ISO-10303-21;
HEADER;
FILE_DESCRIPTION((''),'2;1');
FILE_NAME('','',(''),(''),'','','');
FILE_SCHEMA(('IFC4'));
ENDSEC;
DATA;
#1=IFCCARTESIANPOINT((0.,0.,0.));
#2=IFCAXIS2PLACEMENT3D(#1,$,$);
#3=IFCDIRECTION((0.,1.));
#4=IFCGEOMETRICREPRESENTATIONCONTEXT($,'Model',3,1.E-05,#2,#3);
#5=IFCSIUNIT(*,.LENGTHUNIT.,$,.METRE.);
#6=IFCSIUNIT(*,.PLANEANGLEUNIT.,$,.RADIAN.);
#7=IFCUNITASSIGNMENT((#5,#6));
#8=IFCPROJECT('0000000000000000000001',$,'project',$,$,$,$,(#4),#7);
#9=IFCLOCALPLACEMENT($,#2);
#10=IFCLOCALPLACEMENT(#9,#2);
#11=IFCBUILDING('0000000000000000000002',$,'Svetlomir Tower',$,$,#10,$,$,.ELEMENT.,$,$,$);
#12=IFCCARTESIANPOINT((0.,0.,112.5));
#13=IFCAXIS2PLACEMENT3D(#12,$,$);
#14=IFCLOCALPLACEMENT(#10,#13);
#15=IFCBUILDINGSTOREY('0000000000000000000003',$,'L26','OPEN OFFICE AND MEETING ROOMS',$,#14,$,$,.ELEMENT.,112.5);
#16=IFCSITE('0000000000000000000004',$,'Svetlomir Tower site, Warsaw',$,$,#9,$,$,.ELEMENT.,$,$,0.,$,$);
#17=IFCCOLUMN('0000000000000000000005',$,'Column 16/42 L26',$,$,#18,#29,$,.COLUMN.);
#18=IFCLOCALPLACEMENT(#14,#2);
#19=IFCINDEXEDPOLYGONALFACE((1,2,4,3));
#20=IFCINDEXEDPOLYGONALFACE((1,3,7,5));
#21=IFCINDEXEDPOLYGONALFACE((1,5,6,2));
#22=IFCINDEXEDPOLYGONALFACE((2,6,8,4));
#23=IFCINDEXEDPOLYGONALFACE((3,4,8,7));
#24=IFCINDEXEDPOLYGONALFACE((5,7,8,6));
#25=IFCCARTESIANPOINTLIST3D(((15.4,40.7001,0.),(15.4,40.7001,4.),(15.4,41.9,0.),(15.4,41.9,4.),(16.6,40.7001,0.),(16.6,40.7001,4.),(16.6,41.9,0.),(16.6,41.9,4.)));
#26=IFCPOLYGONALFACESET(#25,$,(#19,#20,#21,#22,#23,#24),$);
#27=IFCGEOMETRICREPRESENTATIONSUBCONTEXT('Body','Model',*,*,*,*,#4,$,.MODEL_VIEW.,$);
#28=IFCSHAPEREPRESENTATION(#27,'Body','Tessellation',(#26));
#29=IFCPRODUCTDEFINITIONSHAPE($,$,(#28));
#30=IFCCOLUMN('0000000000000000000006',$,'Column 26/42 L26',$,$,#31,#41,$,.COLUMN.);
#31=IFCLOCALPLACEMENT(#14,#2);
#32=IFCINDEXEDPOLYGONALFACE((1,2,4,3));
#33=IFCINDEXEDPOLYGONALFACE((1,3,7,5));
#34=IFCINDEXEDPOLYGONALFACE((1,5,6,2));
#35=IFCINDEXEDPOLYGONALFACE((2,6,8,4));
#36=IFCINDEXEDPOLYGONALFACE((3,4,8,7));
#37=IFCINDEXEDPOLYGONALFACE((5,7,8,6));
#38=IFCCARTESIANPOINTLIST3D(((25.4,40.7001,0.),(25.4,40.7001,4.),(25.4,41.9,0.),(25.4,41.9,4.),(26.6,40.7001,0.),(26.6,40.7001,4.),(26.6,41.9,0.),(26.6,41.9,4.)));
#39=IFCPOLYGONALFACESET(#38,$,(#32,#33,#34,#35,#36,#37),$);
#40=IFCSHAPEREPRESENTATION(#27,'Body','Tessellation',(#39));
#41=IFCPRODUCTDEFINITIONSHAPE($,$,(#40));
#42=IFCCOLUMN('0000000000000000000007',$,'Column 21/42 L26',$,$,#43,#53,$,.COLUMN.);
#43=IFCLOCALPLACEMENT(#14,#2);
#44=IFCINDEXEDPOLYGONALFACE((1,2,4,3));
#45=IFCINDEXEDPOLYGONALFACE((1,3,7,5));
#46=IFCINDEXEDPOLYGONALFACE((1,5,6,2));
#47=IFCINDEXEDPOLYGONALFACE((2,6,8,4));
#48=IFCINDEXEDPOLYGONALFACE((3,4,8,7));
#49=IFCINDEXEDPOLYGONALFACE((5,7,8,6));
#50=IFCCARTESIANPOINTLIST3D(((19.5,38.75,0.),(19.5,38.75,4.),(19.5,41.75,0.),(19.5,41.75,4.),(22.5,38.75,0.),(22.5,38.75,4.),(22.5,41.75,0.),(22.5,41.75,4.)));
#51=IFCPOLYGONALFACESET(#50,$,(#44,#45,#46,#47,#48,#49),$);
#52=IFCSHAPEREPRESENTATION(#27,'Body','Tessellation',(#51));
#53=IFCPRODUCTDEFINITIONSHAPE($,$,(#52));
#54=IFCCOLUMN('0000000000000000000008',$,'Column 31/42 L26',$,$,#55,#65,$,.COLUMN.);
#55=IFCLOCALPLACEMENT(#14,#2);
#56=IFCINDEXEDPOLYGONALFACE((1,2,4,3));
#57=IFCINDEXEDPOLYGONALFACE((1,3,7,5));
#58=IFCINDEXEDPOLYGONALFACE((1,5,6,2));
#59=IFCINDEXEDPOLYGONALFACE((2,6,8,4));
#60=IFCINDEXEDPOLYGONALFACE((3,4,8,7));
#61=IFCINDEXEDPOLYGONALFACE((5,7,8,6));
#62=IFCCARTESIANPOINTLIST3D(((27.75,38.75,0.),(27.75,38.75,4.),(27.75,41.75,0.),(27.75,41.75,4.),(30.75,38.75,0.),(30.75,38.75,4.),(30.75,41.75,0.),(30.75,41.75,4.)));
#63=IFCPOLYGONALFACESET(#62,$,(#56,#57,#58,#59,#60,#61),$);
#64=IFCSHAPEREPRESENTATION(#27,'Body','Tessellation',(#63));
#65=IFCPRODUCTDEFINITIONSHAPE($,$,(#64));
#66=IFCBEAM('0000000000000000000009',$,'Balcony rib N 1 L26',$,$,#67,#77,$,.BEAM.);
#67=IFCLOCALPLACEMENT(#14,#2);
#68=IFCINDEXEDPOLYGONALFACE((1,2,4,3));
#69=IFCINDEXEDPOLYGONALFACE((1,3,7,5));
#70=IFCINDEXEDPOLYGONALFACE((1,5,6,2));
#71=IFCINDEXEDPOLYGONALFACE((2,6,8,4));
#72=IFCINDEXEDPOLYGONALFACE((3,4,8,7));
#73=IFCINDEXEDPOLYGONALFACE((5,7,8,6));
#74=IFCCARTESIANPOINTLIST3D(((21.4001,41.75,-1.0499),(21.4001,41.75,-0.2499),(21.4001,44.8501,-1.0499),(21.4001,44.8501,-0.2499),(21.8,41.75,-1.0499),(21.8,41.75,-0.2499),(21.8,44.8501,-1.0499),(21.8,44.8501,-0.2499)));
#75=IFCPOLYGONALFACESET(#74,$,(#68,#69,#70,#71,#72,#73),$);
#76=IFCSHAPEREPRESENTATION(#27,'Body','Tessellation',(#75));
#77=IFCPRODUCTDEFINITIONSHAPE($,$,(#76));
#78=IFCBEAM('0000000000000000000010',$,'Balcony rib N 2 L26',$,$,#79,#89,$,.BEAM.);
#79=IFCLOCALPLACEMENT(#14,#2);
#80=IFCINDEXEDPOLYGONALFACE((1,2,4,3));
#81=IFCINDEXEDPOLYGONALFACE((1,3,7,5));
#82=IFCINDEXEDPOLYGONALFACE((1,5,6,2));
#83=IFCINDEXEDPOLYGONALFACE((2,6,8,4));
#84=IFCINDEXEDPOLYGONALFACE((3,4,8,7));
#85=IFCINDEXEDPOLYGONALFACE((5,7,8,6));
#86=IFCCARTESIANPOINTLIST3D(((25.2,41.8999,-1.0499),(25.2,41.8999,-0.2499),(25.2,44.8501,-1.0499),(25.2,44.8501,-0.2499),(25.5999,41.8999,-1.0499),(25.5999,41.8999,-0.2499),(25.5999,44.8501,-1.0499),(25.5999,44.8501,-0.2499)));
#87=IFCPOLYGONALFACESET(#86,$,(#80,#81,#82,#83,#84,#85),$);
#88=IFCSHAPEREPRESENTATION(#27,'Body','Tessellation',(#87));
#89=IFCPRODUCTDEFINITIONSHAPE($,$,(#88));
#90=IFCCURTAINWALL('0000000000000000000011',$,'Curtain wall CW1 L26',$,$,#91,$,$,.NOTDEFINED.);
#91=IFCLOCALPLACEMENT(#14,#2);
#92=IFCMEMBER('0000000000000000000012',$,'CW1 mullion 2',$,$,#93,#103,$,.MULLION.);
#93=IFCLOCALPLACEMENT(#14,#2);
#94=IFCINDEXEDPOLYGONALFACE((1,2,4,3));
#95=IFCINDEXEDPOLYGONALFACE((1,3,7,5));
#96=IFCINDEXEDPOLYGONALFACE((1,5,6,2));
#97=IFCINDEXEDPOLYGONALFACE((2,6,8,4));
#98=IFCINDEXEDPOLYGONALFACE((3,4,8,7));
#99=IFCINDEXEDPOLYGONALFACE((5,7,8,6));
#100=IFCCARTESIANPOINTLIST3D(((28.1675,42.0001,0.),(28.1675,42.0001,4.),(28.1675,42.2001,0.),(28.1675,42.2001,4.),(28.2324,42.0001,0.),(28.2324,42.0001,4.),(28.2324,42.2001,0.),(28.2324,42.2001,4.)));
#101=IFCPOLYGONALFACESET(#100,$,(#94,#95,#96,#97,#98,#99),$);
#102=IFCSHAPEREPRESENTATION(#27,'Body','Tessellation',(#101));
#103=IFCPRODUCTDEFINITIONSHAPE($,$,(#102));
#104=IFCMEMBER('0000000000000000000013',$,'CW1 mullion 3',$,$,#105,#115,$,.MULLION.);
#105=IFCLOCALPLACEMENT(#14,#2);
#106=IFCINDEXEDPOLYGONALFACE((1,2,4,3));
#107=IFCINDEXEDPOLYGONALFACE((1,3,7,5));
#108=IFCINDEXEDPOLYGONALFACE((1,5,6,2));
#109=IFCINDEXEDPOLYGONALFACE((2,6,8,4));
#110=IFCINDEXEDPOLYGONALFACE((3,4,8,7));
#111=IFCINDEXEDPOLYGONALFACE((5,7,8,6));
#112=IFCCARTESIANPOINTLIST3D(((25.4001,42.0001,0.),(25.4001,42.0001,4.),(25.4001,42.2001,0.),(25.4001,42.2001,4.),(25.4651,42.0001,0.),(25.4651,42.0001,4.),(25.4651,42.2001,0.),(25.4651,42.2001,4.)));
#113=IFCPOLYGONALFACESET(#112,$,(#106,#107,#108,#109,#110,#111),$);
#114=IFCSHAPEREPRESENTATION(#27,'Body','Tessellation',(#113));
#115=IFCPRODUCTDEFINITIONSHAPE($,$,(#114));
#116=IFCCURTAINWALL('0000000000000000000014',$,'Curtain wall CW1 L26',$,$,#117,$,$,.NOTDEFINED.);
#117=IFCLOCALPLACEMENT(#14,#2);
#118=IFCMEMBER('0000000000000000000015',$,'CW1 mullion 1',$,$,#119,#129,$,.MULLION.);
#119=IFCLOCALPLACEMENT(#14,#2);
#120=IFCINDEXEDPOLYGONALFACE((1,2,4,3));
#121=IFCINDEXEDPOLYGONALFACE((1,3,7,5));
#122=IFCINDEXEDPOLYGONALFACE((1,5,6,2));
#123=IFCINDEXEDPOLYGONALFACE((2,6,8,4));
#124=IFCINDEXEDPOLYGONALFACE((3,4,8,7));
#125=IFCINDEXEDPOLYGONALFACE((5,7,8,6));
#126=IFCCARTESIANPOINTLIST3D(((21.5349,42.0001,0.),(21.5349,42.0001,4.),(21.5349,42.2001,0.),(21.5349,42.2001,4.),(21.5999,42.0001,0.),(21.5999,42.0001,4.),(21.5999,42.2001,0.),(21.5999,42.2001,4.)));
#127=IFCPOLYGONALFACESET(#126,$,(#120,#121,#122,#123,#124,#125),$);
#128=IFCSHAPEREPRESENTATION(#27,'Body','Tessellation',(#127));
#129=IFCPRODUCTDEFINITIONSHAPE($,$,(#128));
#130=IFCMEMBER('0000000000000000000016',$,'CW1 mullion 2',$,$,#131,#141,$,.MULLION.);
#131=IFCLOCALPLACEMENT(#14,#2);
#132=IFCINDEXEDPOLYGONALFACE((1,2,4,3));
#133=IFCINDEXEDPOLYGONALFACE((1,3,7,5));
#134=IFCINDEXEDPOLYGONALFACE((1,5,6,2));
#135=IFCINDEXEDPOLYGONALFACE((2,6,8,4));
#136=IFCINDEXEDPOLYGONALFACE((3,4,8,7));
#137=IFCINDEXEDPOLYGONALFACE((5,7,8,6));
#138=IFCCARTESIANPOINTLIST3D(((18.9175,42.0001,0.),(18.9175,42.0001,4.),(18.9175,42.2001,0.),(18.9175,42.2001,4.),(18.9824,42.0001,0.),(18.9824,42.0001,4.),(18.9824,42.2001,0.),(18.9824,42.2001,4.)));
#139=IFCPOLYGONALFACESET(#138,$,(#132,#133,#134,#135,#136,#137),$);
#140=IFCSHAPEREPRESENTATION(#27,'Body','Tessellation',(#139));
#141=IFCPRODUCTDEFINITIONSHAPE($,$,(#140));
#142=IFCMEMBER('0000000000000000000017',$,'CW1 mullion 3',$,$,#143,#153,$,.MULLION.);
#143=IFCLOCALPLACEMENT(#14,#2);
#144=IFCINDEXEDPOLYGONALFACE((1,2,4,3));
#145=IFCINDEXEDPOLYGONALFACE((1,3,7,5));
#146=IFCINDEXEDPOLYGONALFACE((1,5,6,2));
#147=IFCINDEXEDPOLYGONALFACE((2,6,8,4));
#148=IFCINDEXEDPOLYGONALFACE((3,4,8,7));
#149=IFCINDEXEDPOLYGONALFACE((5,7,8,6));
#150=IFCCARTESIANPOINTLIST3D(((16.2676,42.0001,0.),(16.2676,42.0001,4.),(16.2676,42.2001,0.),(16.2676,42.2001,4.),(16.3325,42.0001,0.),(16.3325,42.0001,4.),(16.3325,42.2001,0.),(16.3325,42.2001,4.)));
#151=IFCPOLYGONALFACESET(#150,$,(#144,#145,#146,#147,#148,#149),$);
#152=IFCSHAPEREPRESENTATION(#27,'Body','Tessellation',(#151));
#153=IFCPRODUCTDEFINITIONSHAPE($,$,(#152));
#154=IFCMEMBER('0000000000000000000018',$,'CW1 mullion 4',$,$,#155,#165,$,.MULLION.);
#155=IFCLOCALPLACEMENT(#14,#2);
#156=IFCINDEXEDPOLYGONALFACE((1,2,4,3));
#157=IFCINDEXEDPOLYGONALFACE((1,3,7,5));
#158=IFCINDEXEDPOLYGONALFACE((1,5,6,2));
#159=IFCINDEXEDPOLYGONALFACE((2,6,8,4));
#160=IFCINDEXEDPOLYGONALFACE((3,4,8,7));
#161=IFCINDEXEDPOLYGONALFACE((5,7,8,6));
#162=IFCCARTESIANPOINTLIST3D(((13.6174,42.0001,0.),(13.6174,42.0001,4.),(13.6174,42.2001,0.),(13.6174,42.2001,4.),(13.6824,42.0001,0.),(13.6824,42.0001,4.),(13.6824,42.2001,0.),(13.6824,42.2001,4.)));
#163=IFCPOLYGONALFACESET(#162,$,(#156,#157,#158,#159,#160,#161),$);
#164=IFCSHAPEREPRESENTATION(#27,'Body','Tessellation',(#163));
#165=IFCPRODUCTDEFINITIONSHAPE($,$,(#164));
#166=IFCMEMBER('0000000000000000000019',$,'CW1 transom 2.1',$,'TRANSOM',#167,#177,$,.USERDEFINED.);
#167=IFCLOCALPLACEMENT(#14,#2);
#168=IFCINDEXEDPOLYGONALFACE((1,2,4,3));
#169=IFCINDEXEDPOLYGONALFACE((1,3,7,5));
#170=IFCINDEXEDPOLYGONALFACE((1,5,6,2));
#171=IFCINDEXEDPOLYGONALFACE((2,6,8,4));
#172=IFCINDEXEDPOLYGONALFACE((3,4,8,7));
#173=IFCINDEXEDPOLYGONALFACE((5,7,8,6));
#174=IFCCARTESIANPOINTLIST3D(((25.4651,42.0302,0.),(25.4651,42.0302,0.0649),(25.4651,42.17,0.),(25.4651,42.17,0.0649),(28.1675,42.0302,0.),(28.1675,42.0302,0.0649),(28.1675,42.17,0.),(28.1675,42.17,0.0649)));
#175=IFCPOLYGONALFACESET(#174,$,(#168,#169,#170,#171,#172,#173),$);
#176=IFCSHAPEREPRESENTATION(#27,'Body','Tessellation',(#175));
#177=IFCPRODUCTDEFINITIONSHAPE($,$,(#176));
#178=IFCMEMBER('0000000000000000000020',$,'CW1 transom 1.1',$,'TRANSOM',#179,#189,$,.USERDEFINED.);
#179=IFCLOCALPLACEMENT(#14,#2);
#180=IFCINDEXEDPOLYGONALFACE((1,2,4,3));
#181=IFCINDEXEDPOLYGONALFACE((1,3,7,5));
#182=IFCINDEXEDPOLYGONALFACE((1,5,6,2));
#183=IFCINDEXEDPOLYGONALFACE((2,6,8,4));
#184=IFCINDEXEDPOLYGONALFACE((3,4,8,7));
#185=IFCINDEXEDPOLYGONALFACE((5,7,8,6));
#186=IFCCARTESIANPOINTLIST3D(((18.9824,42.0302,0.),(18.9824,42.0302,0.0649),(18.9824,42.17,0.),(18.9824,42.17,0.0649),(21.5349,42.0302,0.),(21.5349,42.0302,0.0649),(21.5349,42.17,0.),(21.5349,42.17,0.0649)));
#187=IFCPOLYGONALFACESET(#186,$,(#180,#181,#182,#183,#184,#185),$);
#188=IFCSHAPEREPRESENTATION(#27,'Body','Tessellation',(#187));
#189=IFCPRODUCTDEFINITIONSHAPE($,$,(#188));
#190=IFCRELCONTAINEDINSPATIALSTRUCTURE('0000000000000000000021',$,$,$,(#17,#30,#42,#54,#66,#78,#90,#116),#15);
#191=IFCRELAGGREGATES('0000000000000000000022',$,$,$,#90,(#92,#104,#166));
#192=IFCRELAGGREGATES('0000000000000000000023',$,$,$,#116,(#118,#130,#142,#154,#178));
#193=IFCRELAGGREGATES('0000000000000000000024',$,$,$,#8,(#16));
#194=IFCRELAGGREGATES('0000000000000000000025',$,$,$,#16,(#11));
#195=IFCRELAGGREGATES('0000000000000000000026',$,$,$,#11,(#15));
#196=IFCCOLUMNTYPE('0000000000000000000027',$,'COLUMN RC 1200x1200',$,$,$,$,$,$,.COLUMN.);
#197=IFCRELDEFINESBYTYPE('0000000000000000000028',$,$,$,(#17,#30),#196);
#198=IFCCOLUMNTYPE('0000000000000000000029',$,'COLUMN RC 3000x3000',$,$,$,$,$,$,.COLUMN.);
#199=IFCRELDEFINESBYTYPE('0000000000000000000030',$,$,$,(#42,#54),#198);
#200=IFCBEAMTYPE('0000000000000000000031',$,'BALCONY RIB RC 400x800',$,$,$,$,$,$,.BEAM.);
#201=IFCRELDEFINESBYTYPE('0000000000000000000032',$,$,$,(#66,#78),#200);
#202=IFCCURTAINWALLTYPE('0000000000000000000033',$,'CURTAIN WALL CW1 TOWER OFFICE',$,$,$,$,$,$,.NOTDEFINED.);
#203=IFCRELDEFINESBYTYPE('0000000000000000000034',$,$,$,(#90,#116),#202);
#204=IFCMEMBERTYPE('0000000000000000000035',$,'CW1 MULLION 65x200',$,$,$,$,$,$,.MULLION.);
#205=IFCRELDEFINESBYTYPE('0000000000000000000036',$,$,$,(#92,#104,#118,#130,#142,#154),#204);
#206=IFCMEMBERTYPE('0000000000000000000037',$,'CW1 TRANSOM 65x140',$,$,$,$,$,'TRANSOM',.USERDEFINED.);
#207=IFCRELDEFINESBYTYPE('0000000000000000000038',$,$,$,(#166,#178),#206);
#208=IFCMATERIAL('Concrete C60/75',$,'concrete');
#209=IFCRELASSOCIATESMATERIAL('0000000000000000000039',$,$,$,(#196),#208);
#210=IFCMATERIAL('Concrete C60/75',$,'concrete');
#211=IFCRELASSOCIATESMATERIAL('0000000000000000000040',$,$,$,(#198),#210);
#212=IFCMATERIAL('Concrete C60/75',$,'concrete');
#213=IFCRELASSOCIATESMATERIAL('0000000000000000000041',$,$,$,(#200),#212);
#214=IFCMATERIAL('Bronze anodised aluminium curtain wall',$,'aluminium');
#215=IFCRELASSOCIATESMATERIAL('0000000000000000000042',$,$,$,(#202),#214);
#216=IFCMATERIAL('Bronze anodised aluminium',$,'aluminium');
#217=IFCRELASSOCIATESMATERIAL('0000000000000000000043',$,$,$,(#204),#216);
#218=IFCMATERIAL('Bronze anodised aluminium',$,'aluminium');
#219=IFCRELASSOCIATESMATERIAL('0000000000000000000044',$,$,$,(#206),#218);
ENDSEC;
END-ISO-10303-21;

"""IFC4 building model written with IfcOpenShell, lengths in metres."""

from ifc_helpers import new_model, si_unit, direction, frame, origin, origin_2d, place, context, subcontext, project, spatial, rectangle, extrude, material, material_profile, profile_set, type_object, element, aggregate, save


model = new_model("IFC4")

# Units and contexts
model_context = context("Model", 3, precision=1e-05, world=origin(), true_north=direction((0.0, 1.0)))
body_context = subcontext(model_context, "Body", "Model", "MODEL_VIEW")
ifc_project = project(units=[si_unit("LENGTHUNIT", "METRE"), si_unit("PLANEANGLEUNIT", "RADIAN")], contexts=[model_context])

# Site, building, storey
site_placement = place(None, origin())
site = spatial("IfcSite", under=ifc_project, at=site_placement, Name="Svetlomir Tower site, Warsaw", CompositionType="ELEMENT", RefElevation=0.0)
building_placement = place(site_placement, origin())
building = spatial("IfcBuilding", under=site, at=building_placement, Name="Svetlomir Tower", CompositionType="ELEMENT")
storey_placement = place(building_placement, frame((0.0, 0.0, 112.5)))
storey = spatial("IfcBuildingStorey", under=building, at=storey_placement, Name="L26", Description="OPEN OFFICE AND MEETING ROOMS", CompositionType="ELEMENT", Elevation=112.5)

# Columns
ifc_material_1 = material(Name="Concrete C60/75", Category="concrete")
ifc_material_profile_1 = material_profile(ifc_material_1, rectangle(XDim=1.2, YDim=1.2, at=origin_2d()), Name="RC 1200x1200")
ifc_profile_set_1 = profile_set([ifc_material_profile_1], Name="Concrete C60/75")
column_type_1 = type_object("IfcColumnType", Name="COLUMN RC 1200x1200", PredefinedType="COLUMN", material=ifc_profile_set_1)
for number, where, z_axis, x_axis, name in (
    (1, (16.0, 41.3, 0.0), (0.0, 0.0, 1.0), (1.0, 0.0, 0.0), "Column 16/42 L26"),
    (2, (26.0, 41.3, 0.0), (0.0, 0.0, 1.0), (1.0, 0.0, 0.0), "Column 26/42 L26"),
):
    element("IfcColumn", number, at=place(storey_placement, frame(where, z_axis=z_axis, x_axis=x_axis)), inside=storey, type_object=column_type_1, Name=name, PredefinedType="COLUMN", context=body_context, shape_type="SweptSolid", body=[
        extrude(rectangle(XDim=1.2, YDim=1.2, at=origin_2d()), origin(), (0.0, 0.0, 1.0), 4.0),
    ])
ifc_material_2 = material(Name="Concrete C60/75", Category="concrete")
ifc_material_profile_2 = material_profile(ifc_material_2, rectangle(XDim=3.0, YDim=3.0, at=origin_2d()), Name="RC 3000x3000")
ifc_profile_set_2 = profile_set([ifc_material_profile_2], Name="Concrete C60/75")
column_type_2 = type_object("IfcColumnType", Name="COLUMN RC 3000x3000", PredefinedType="COLUMN", material=ifc_profile_set_2)
for number, where, z_axis, x_axis, name in (
    (3, (21.0, 40.25, 0.0), (0.0, 0.0, 1.0), (1.0, 0.0, 0.0), "Column 21/42 L26"),
    (4, (29.25, 40.25, 0.0), (0.0, 0.0, 1.0), (1.0, 0.0, 0.0), "Column 31/42 L26"),
):
    element("IfcColumn", number, at=place(storey_placement, frame(where, z_axis=z_axis, x_axis=x_axis)), inside=storey, type_object=column_type_2, Name=name, PredefinedType="COLUMN", context=body_context, shape_type="SweptSolid", body=[
        extrude(rectangle(XDim=3.0, YDim=3.0, at=origin_2d()), origin(), (0.0, 0.0, 1.0), 4.0),
    ])

# Beams
ifc_material_3 = material(Name="Concrete C60/75", Category="concrete")
ifc_material_profile_3 = material_profile(ifc_material_3, rectangle(XDim=0.3999, YDim=0.8, at=origin_2d()), Name="RC 400x800")
ifc_profile_set_3 = profile_set([ifc_material_profile_3], Name="Concrete C60/75")
beam_type_1 = type_object("IfcBeamType", Name="BALCONY RIB RC 400x800", PredefinedType="BEAM", material=ifc_profile_set_3)
beam_1_placement = place(storey_placement, frame((21.6001, 41.75, -0.6499), z_axis=(0.0, 1.0, 0.0), x_axis=(-1.0, 0.0, 0.0)))
element("IfcBeam", 5, at=beam_1_placement, inside=storey, type_object=beam_type_1, Name="Balcony rib N 1 L26", PredefinedType="BEAM", context=body_context, shape_type="SweptSolid", body=[
    extrude(rectangle(XDim=0.3999, YDim=0.8, at=origin_2d()), origin(), (0.0, 0.0, 1.0), 3.1001),
])
beam_2_placement = place(storey_placement, frame((25.3999, 41.8999, -0.6499), z_axis=(0.0, 1.0, 0.0), x_axis=(-1.0, 0.0, 0.0)))
element("IfcBeam", 6, at=beam_2_placement, inside=storey, type_object=beam_type_1, Name="Balcony rib N 2 L26", PredefinedType="BEAM", context=body_context, shape_type="SweptSolid", body=[
    extrude(rectangle(XDim=0.3999, YDim=0.8, at=origin_2d()), origin(), (0.0, 0.0, 1.0), 2.9502),
])

# Curtain walls, members
ifc_material_4 = material(Name="Bronze anodised aluminium curtain wall", Category="aluminium")
curtain_wall_type = type_object("IfcCurtainWallType", Name="CURTAIN WALL CW1 TOWER OFFICE", PredefinedType="NOTDEFINED", material=ifc_material_4)
curtain_wall_1_placement = place(storey_placement, origin())
curtain_wall_1 = element("IfcCurtainWall", 7, at=curtain_wall_1_placement, inside=storey, type_object=curtain_wall_type, Name="Curtain wall CW1 L26", PredefinedType="NOTDEFINED")
ifc_material_5 = material(Name="Bronze anodised aluminium", Category="aluminium")
ifc_material_profile_4 = material_profile(ifc_material_5, rectangle(XDim=0.0649, YDim=0.2, at=origin_2d()), Name="AL 65x200")
ifc_profile_set_4 = profile_set([ifc_material_profile_4], Name="Bronze anodised aluminium 6063-T6")
member_type_1 = type_object("IfcMemberType", Name="CW1 MULLION 65x200", PredefinedType="MULLION", material=ifc_profile_set_4)
member_1_placement = place(storey_placement, frame((28.2, 42.1001, 0.0), z_axis=(0.0, 0.0, 1.0), x_axis=(-1.0, 0.0, 0.0)))
member_1 = element("IfcMember", 8, at=member_1_placement, type_object=member_type_1, Name="CW1 mullion 2", PredefinedType="MULLION", context=body_context, shape_type="SweptSolid", body=[
    extrude(rectangle(XDim=0.0649, YDim=0.2, at=origin_2d()), origin(), (0.0, 0.0, 1.0), 4.0),
])
member_2_placement = place(storey_placement, frame((25.4326, 42.1001, 0.0), z_axis=(0.0, 0.0, 1.0), x_axis=(-1.0, 0.0, 0.0)))
member_2 = element("IfcMember", 9, at=member_2_placement, type_object=member_type_1, Name="CW1 mullion 3", PredefinedType="MULLION", context=body_context, shape_type="SweptSolid", body=[
    extrude(rectangle(XDim=0.0649, YDim=0.2, at=origin_2d()), origin(), (0.0, 0.0, 1.0), 4.0),
])
curtain_wall_2_placement = place(storey_placement, origin())
curtain_wall_2 = element("IfcCurtainWall", 10, at=curtain_wall_2_placement, inside=storey, type_object=curtain_wall_type, Name="Curtain wall CW1 L26", PredefinedType="NOTDEFINED")
member_3_placement = place(storey_placement, frame((21.5674, 42.1001, 0.0), z_axis=(0.0, 0.0, 1.0), x_axis=(-1.0, 0.0, 0.0)))
member_3 = element("IfcMember", 11, at=member_3_placement, type_object=member_type_1, Name="CW1 mullion 1", PredefinedType="MULLION", context=body_context, shape_type="SweptSolid", body=[
    extrude(rectangle(XDim=0.0649, YDim=0.2, at=origin_2d()), origin(), (0.0, 0.0, 1.0), 4.0),
])
member_4_placement = place(storey_placement, frame((18.95, 42.1001, 0.0), z_axis=(0.0, 0.0, 1.0), x_axis=(-1.0, 0.0, 0.0)))
member_4 = element("IfcMember", 12, at=member_4_placement, type_object=member_type_1, Name="CW1 mullion 2", PredefinedType="MULLION", context=body_context, shape_type="SweptSolid", body=[
    extrude(rectangle(XDim=0.0649, YDim=0.2, at=origin_2d()), origin(), (0.0, 0.0, 1.0), 4.0),
])
member_5_placement = place(storey_placement, frame((16.3, 42.1001, 0.0), z_axis=(0.0, 0.0, 1.0), x_axis=(-1.0, 0.0, 0.0)))
member_5 = element("IfcMember", 13, at=member_5_placement, type_object=member_type_1, Name="CW1 mullion 3", PredefinedType="MULLION", context=body_context, shape_type="SweptSolid", body=[
    extrude(rectangle(XDim=0.0649, YDim=0.2, at=origin_2d()), origin(), (0.0, 0.0, 1.0), 4.0),
])
member_6_placement = place(storey_placement, frame((13.6499, 42.1001, 0.0), z_axis=(0.0, 0.0, 1.0), x_axis=(-1.0, 0.0, 0.0)))
member_6 = element("IfcMember", 14, at=member_6_placement, type_object=member_type_1, Name="CW1 mullion 4", PredefinedType="MULLION", context=body_context, shape_type="SweptSolid", body=[
    extrude(rectangle(XDim=0.0649, YDim=0.2, at=origin_2d()), origin(), (0.0, 0.0, 1.0), 4.0),
])

# Members
ifc_material_6 = material(Name="Bronze anodised aluminium", Category="aluminium")
ifc_material_profile_5 = material_profile(ifc_material_6, rectangle(XDim=0.1399, YDim=0.0649, at=origin_2d()), Name="AL 140x65")
ifc_profile_set_5 = profile_set([ifc_material_profile_5], Name="Bronze anodised aluminium 6063-T6")
member_type_2 = type_object("IfcMemberType", Name="CW1 TRANSOM 65x140", ElementType="TRANSOM", PredefinedType="USERDEFINED", material=ifc_profile_set_5)
member_7_placement = place(storey_placement, frame((28.1675, 42.1001, 0.0325), z_axis=(-1.0, 0.0, 0.0), x_axis=(0.0, -1.0, 0.0)))
member_7 = element("IfcMember", 15, at=member_7_placement, type_object=member_type_2, Name="CW1 transom 2.1", ObjectType="TRANSOM", PredefinedType="USERDEFINED", context=body_context, shape_type="SweptSolid", body=[
    extrude(rectangle(XDim=0.1399, YDim=0.0649, at=origin_2d()), origin(), (0.0, 0.0, 1.0), 2.7024),
])
member_8_placement = place(storey_placement, frame((21.5349, 42.1001, 0.0325), z_axis=(-1.0, 0.0, 0.0), x_axis=(0.0, -1.0, 0.0)))
member_8 = element("IfcMember", 16, at=member_8_placement, type_object=member_type_2, Name="CW1 transom 1.1", ObjectType="TRANSOM", PredefinedType="USERDEFINED", context=body_context, shape_type="SweptSolid", body=[
    extrude(rectangle(XDim=0.1399, YDim=0.0649, at=origin_2d()), origin(), (0.0, 0.0, 1.0), 2.5525),
])

aggregate(curtain_wall_1, [member_1, member_2, member_7])
aggregate(curtain_wall_2, [member_3, member_4, member_5, member_6, member_8])

save(model, "model.ifc")
